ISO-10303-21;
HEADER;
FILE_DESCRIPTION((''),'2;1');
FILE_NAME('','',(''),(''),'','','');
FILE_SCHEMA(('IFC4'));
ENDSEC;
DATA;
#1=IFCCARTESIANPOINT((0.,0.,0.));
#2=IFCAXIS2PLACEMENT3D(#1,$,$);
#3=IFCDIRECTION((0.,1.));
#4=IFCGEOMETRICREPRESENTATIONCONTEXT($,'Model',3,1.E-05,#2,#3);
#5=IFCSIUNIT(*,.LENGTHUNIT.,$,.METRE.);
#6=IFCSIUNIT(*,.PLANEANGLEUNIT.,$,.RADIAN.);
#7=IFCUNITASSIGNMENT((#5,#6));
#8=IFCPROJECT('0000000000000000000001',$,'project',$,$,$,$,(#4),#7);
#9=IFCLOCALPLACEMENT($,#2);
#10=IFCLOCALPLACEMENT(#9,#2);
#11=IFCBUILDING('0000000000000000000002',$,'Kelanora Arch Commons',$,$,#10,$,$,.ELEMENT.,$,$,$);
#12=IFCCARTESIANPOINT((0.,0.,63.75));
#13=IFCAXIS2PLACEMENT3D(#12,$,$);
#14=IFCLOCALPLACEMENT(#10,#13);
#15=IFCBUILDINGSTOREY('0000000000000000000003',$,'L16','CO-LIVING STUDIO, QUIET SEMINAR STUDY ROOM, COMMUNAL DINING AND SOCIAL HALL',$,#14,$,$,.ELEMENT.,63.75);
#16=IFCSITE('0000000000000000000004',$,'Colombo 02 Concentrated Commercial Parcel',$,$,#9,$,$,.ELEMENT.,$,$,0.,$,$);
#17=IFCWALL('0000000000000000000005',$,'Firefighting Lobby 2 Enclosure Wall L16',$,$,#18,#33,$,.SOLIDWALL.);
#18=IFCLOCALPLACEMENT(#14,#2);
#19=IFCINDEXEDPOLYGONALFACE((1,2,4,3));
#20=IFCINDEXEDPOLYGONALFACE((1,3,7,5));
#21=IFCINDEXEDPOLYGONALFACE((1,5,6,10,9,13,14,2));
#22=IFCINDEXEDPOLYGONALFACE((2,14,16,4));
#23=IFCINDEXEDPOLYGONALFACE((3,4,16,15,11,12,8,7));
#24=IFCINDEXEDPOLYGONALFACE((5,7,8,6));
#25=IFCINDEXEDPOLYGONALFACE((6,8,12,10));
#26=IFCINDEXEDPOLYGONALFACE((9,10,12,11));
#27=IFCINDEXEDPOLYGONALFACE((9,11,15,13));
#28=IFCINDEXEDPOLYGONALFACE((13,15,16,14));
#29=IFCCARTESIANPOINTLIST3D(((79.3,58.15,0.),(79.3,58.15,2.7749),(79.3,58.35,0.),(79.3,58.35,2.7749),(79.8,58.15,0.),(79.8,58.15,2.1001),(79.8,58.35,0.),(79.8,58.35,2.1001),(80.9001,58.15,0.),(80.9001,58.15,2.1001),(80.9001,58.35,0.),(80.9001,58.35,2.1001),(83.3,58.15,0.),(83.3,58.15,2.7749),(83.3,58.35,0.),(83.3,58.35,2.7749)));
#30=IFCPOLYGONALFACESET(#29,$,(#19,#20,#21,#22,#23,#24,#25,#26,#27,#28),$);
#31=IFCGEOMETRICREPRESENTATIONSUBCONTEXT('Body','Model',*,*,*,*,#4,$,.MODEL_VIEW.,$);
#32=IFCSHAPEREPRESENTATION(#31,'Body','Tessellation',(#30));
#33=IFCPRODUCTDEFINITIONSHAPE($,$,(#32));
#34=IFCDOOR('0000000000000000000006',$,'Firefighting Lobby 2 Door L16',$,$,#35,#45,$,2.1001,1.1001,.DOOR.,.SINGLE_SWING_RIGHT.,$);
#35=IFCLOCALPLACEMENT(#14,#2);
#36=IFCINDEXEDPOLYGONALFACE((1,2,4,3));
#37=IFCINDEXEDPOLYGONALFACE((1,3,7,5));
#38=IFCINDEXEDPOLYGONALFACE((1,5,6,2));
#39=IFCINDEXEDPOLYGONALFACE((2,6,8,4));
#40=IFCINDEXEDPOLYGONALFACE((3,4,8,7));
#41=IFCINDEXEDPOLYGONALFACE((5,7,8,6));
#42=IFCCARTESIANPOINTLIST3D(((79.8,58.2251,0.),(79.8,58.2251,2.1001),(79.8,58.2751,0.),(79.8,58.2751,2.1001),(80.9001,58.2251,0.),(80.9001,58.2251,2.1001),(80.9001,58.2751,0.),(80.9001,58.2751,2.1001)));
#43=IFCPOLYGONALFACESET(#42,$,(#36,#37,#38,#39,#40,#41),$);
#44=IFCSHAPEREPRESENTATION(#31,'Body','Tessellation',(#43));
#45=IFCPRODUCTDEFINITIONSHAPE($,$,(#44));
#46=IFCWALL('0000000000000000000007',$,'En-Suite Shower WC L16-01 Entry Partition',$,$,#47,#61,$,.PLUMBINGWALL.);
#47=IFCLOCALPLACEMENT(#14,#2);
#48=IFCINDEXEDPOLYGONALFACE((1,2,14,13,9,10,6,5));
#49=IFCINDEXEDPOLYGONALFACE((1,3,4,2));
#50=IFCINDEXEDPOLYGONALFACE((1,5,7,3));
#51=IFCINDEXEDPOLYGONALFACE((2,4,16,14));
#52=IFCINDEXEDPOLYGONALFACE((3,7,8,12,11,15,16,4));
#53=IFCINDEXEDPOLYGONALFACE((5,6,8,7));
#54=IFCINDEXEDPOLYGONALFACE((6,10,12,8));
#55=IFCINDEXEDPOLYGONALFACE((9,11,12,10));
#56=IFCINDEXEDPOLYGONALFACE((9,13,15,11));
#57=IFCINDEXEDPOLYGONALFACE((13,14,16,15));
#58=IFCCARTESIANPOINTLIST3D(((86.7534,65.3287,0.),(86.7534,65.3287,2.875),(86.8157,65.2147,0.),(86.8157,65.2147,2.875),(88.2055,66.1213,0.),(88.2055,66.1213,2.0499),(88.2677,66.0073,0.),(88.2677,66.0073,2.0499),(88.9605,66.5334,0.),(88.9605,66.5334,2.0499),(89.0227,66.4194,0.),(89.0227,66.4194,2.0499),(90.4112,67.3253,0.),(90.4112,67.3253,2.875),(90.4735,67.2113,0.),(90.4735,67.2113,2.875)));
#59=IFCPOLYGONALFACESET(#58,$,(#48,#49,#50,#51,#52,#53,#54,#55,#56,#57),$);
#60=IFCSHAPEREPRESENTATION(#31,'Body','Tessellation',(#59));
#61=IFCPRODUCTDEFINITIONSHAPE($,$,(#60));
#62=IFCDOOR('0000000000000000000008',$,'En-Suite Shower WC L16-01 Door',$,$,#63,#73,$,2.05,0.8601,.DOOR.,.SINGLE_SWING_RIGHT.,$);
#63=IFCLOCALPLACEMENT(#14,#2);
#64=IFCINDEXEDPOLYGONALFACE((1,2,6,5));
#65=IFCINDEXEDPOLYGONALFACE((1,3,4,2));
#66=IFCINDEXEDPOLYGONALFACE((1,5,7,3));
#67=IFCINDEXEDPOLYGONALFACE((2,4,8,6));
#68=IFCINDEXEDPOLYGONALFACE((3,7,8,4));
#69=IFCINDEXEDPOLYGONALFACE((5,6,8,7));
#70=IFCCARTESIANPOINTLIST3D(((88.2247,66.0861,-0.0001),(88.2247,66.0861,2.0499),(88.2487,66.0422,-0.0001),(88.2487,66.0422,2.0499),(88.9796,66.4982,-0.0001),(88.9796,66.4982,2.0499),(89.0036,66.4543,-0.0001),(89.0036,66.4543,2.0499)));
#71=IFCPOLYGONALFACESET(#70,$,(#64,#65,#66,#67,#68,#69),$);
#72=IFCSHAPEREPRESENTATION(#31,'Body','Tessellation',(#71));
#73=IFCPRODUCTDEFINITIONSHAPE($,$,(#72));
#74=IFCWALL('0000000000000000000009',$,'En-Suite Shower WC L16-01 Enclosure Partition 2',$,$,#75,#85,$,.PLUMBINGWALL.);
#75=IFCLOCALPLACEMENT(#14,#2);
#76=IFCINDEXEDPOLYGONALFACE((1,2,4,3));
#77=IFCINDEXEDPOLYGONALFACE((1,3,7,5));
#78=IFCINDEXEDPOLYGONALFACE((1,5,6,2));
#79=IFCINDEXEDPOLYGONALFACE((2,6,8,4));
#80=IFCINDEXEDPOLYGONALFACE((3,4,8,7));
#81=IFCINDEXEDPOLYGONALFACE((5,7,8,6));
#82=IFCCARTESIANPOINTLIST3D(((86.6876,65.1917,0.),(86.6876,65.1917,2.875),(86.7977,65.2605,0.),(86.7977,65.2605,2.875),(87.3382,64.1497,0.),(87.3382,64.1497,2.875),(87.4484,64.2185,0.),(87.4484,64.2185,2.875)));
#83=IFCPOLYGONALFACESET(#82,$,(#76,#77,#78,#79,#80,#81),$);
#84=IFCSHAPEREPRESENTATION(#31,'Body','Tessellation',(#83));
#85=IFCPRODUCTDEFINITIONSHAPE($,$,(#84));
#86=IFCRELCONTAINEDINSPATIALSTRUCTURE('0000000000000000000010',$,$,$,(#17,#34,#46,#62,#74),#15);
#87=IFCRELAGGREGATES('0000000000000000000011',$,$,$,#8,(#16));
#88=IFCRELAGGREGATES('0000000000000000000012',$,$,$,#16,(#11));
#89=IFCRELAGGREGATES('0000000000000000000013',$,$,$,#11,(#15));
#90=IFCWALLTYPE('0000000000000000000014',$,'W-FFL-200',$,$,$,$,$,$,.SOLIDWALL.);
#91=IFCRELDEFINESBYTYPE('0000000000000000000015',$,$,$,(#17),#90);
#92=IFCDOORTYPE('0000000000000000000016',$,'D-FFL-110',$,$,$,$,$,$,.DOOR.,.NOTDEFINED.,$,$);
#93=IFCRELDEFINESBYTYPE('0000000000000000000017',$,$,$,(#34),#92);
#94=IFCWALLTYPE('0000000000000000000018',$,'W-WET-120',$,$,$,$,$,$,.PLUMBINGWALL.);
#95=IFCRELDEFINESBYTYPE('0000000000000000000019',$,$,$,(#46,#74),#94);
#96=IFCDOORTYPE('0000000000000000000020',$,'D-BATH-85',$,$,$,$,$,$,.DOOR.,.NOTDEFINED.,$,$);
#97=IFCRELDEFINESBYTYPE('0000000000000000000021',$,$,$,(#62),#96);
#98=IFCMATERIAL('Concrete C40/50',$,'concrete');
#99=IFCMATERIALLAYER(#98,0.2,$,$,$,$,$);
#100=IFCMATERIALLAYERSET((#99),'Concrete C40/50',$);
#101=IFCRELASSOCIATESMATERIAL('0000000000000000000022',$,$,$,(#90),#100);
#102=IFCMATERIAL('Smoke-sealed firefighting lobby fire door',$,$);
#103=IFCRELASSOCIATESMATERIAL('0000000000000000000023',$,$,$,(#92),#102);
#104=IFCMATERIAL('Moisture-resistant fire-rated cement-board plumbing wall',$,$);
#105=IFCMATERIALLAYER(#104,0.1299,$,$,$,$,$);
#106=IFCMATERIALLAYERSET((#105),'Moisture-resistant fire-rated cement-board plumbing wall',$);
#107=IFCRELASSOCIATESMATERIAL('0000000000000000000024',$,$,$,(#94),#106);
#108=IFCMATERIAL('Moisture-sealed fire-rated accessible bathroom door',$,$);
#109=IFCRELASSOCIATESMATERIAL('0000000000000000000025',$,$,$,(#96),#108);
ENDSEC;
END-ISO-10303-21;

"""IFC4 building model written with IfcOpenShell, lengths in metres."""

from ifc_helpers import new_model, si_unit, direction, frame, frame_2d, origin, place, context, subcontext, project, spatial, rectangle, extrude, material, layer, layer_set, type_object, element, fill, save


model = new_model("IFC4")

# Units and contexts
model_context = context("Model", 3, precision=1e-05, world=origin(), true_north=direction((0.0, 1.0)))
body_context = subcontext(model_context, "Body", "Model", "MODEL_VIEW")
ifc_project = project(units=[si_unit("LENGTHUNIT", "METRE"), si_unit("PLANEANGLEUNIT", "RADIAN")], contexts=[model_context])

# Site, building, storey
site_placement = place(None, origin())
site = spatial("IfcSite", under=ifc_project, at=site_placement, Name="Colombo 02 Concentrated Commercial Parcel", CompositionType="ELEMENT", RefElevation=0.0)
building_placement = place(site_placement, origin())
building = spatial("IfcBuilding", under=site, at=building_placement, Name="Kelanora Arch Commons", CompositionType="ELEMENT")
storey_placement = place(building_placement, frame((0.0, 0.0, 63.75)))
storey = spatial("IfcBuildingStorey", under=building, at=storey_placement, Name="L16", Description="CO-LIVING STUDIO, QUIET SEMINAR STUDY ROOM, COMMUNAL DINING AND SOCIAL HALL", CompositionType="ELEMENT", Elevation=63.75)

# Walls, openings, doors
ifc_material_1 = material(Name="Concrete C40/50", Category="concrete")
ifc_layer_1 = layer(ifc_material_1, 0.2)
ifc_layer_set_1 = layer_set([ifc_layer_1], Name="Concrete C40/50")
wall_type_1 = type_object("IfcWallType", Name="W-FFL-200", PredefinedType="SOLIDWALL", material=ifc_layer_set_1)
wall_1_placement = place(storey_placement, frame((79.3, 58.25, 0.0), z_axis=(0.0, 0.0, 1.0), x_axis=(1.0, 0.0, 0.0)))
wall_1 = element("IfcWall", 1, at=wall_1_placement, inside=storey, type_object=wall_type_1, Name="Firefighting Lobby 2 Enclosure Wall L16", PredefinedType="SOLIDWALL", context=body_context, shape_type="SweptSolid", body=[
    extrude(rectangle(XDim=4.0, YDim=0.2, at=frame_2d((2.0, 0.0))), origin(), (0.0, 0.0, 1.0), 2.7749),
])
opening_1_placement = place(wall_1_placement, frame((0.5, 0.0, 0.0)))
opening_1 = element("IfcOpeningElement", 2, at=opening_1_placement, cuts=wall_1, PredefinedType="OPENING", context=body_context, shape_type="SweptSolid", body=[
    extrude(rectangle(XDim=1.1001, YDim=2.1001, at=frame_2d((0.55, 1.05))), frame((0.0, 0.1099, 0.0), z_axis=(0.0, -1.0, 0.0), x_axis=(1.0, 0.0, 0.0)), (0.0, 0.0, 1.0), 0.22),
])
ifc_material_2 = material(Name="Smoke-sealed firefighting lobby fire door")
door_type_1 = type_object("IfcDoorType", Name="D-FFL-110", OperationType="NOTDEFINED", PredefinedType="DOOR", material=ifc_material_2)
door_1_placement = place(opening_1_placement, frame((1.1001, 0.0, 0.0), z_axis=(0.0, 0.0, 1.0), x_axis=(-1.0, 0.0, 0.0)))
door_1 = element("IfcDoor", 3, at=door_1_placement, inside=storey, type_object=door_type_1, Name="Firefighting Lobby 2 Door L16", OperationType="SINGLE_SWING_RIGHT", OverallHeight=2.1001, OverallWidth=1.1001, PredefinedType="DOOR", context=body_context, shape_type="SweptSolid", body=[
    extrude(rectangle(XDim=1.1001, YDim=2.1001, at=frame_2d((0.55, 1.05))), frame((0.0, 0.0249, 0.0), z_axis=(0.0, -1.0, 0.0), x_axis=(1.0, 0.0, 0.0)), (0.0, 0.0, 1.0), 0.05),
])
fill(opening_1, door_1)
ifc_material_3 = material(Name="Moisture-resistant fire-rated cement-board plumbing wall")
ifc_layer_2 = layer(ifc_material_3, 0.1299)
ifc_layer_set_2 = layer_set([ifc_layer_2], Name="Moisture-resistant fire-rated cement-board plumbing wall")
wall_type_2 = type_object("IfcWallType", Name="W-WET-120", PredefinedType="PLUMBINGWALL", material=ifc_layer_set_2)
wall_2_placement = place(storey_placement, frame((86.7847, 65.2717, 0.0), z_axis=(0.0, 0.0, 1.0), x_axis=(0.877748, 0.479123, 0.0)))
wall_2 = element("IfcWall", 4, at=wall_2_placement, inside=storey, type_object=wall_type_2, Name="En-Suite Shower WC L16-01 Entry Partition", PredefinedType="PLUMBINGWALL", context=body_context, shape_type="SweptSolid", body=[
    extrude(rectangle(XDim=4.1672, YDim=0.1299, at=frame_2d((2.0835, 0.0))), origin(), (0.0, 0.0, 1.0), 2.875),
])
opening_2_placement = place(wall_2_placement, frame((1.6541, 0.0, 0.0)))
opening_2 = element("IfcOpeningElement", 5, at=opening_2_placement, cuts=wall_2, PredefinedType="OPENING", context=body_context, shape_type="SweptSolid", body=[
    extrude(rectangle(XDim=0.8601, YDim=2.05, at=frame_2d((0.4302, 1.0249))), frame((0.0, 0.075, 0.0), z_axis=(0.0, -1.0, 0.0), x_axis=(1.0, 0.0, 0.0)), (0.0, 0.0, 1.0), 0.1499),
])
ifc_material_4 = material(Name="Moisture-sealed fire-rated accessible bathroom door")
door_type_2 = type_object("IfcDoorType", Name="D-BATH-85", OperationType="NOTDEFINED", PredefinedType="DOOR", material=ifc_material_4)
door_2_placement = place(opening_2_placement, origin())
door_2 = element("IfcDoor", 6, at=door_2_placement, inside=storey, type_object=door_type_2, Name="En-Suite Shower WC L16-01 Door", OperationType="SINGLE_SWING_RIGHT", OverallHeight=2.05, OverallWidth=0.8601, PredefinedType="DOOR", context=body_context, shape_type="SweptSolid", body=[
    extrude(rectangle(XDim=0.8601, YDim=2.05, at=frame_2d((0.4302, 1.0249))), frame((0.0, 0.0249, 0.0), z_axis=(0.0, -1.0, 0.0), x_axis=(1.0, 0.0, 0.0)), (0.0, 0.0, 1.0), 0.05),
])
fill(opening_2, door_2)

# Wall
wall_3_placement = place(storey_placement, frame((87.3933, 64.1841, 0.0), z_axis=(0.0, 0.0, 1.0), x_axis=(-0.529642, 0.848222, 0.0)))
element("IfcWall", 7, at=wall_3_placement, inside=storey, type_object=wall_type_2, Name="En-Suite Shower WC L16-01 Enclosure Partition 2", PredefinedType="PLUMBINGWALL", context=body_context, shape_type="SweptSolid", body=[
    extrude(rectangle(XDim=1.2285, YDim=0.1299, at=frame_2d((0.6143, 0.0))), origin(), (0.0, 0.0, 1.0), 2.875),
])

save(model, "model.ifc")
